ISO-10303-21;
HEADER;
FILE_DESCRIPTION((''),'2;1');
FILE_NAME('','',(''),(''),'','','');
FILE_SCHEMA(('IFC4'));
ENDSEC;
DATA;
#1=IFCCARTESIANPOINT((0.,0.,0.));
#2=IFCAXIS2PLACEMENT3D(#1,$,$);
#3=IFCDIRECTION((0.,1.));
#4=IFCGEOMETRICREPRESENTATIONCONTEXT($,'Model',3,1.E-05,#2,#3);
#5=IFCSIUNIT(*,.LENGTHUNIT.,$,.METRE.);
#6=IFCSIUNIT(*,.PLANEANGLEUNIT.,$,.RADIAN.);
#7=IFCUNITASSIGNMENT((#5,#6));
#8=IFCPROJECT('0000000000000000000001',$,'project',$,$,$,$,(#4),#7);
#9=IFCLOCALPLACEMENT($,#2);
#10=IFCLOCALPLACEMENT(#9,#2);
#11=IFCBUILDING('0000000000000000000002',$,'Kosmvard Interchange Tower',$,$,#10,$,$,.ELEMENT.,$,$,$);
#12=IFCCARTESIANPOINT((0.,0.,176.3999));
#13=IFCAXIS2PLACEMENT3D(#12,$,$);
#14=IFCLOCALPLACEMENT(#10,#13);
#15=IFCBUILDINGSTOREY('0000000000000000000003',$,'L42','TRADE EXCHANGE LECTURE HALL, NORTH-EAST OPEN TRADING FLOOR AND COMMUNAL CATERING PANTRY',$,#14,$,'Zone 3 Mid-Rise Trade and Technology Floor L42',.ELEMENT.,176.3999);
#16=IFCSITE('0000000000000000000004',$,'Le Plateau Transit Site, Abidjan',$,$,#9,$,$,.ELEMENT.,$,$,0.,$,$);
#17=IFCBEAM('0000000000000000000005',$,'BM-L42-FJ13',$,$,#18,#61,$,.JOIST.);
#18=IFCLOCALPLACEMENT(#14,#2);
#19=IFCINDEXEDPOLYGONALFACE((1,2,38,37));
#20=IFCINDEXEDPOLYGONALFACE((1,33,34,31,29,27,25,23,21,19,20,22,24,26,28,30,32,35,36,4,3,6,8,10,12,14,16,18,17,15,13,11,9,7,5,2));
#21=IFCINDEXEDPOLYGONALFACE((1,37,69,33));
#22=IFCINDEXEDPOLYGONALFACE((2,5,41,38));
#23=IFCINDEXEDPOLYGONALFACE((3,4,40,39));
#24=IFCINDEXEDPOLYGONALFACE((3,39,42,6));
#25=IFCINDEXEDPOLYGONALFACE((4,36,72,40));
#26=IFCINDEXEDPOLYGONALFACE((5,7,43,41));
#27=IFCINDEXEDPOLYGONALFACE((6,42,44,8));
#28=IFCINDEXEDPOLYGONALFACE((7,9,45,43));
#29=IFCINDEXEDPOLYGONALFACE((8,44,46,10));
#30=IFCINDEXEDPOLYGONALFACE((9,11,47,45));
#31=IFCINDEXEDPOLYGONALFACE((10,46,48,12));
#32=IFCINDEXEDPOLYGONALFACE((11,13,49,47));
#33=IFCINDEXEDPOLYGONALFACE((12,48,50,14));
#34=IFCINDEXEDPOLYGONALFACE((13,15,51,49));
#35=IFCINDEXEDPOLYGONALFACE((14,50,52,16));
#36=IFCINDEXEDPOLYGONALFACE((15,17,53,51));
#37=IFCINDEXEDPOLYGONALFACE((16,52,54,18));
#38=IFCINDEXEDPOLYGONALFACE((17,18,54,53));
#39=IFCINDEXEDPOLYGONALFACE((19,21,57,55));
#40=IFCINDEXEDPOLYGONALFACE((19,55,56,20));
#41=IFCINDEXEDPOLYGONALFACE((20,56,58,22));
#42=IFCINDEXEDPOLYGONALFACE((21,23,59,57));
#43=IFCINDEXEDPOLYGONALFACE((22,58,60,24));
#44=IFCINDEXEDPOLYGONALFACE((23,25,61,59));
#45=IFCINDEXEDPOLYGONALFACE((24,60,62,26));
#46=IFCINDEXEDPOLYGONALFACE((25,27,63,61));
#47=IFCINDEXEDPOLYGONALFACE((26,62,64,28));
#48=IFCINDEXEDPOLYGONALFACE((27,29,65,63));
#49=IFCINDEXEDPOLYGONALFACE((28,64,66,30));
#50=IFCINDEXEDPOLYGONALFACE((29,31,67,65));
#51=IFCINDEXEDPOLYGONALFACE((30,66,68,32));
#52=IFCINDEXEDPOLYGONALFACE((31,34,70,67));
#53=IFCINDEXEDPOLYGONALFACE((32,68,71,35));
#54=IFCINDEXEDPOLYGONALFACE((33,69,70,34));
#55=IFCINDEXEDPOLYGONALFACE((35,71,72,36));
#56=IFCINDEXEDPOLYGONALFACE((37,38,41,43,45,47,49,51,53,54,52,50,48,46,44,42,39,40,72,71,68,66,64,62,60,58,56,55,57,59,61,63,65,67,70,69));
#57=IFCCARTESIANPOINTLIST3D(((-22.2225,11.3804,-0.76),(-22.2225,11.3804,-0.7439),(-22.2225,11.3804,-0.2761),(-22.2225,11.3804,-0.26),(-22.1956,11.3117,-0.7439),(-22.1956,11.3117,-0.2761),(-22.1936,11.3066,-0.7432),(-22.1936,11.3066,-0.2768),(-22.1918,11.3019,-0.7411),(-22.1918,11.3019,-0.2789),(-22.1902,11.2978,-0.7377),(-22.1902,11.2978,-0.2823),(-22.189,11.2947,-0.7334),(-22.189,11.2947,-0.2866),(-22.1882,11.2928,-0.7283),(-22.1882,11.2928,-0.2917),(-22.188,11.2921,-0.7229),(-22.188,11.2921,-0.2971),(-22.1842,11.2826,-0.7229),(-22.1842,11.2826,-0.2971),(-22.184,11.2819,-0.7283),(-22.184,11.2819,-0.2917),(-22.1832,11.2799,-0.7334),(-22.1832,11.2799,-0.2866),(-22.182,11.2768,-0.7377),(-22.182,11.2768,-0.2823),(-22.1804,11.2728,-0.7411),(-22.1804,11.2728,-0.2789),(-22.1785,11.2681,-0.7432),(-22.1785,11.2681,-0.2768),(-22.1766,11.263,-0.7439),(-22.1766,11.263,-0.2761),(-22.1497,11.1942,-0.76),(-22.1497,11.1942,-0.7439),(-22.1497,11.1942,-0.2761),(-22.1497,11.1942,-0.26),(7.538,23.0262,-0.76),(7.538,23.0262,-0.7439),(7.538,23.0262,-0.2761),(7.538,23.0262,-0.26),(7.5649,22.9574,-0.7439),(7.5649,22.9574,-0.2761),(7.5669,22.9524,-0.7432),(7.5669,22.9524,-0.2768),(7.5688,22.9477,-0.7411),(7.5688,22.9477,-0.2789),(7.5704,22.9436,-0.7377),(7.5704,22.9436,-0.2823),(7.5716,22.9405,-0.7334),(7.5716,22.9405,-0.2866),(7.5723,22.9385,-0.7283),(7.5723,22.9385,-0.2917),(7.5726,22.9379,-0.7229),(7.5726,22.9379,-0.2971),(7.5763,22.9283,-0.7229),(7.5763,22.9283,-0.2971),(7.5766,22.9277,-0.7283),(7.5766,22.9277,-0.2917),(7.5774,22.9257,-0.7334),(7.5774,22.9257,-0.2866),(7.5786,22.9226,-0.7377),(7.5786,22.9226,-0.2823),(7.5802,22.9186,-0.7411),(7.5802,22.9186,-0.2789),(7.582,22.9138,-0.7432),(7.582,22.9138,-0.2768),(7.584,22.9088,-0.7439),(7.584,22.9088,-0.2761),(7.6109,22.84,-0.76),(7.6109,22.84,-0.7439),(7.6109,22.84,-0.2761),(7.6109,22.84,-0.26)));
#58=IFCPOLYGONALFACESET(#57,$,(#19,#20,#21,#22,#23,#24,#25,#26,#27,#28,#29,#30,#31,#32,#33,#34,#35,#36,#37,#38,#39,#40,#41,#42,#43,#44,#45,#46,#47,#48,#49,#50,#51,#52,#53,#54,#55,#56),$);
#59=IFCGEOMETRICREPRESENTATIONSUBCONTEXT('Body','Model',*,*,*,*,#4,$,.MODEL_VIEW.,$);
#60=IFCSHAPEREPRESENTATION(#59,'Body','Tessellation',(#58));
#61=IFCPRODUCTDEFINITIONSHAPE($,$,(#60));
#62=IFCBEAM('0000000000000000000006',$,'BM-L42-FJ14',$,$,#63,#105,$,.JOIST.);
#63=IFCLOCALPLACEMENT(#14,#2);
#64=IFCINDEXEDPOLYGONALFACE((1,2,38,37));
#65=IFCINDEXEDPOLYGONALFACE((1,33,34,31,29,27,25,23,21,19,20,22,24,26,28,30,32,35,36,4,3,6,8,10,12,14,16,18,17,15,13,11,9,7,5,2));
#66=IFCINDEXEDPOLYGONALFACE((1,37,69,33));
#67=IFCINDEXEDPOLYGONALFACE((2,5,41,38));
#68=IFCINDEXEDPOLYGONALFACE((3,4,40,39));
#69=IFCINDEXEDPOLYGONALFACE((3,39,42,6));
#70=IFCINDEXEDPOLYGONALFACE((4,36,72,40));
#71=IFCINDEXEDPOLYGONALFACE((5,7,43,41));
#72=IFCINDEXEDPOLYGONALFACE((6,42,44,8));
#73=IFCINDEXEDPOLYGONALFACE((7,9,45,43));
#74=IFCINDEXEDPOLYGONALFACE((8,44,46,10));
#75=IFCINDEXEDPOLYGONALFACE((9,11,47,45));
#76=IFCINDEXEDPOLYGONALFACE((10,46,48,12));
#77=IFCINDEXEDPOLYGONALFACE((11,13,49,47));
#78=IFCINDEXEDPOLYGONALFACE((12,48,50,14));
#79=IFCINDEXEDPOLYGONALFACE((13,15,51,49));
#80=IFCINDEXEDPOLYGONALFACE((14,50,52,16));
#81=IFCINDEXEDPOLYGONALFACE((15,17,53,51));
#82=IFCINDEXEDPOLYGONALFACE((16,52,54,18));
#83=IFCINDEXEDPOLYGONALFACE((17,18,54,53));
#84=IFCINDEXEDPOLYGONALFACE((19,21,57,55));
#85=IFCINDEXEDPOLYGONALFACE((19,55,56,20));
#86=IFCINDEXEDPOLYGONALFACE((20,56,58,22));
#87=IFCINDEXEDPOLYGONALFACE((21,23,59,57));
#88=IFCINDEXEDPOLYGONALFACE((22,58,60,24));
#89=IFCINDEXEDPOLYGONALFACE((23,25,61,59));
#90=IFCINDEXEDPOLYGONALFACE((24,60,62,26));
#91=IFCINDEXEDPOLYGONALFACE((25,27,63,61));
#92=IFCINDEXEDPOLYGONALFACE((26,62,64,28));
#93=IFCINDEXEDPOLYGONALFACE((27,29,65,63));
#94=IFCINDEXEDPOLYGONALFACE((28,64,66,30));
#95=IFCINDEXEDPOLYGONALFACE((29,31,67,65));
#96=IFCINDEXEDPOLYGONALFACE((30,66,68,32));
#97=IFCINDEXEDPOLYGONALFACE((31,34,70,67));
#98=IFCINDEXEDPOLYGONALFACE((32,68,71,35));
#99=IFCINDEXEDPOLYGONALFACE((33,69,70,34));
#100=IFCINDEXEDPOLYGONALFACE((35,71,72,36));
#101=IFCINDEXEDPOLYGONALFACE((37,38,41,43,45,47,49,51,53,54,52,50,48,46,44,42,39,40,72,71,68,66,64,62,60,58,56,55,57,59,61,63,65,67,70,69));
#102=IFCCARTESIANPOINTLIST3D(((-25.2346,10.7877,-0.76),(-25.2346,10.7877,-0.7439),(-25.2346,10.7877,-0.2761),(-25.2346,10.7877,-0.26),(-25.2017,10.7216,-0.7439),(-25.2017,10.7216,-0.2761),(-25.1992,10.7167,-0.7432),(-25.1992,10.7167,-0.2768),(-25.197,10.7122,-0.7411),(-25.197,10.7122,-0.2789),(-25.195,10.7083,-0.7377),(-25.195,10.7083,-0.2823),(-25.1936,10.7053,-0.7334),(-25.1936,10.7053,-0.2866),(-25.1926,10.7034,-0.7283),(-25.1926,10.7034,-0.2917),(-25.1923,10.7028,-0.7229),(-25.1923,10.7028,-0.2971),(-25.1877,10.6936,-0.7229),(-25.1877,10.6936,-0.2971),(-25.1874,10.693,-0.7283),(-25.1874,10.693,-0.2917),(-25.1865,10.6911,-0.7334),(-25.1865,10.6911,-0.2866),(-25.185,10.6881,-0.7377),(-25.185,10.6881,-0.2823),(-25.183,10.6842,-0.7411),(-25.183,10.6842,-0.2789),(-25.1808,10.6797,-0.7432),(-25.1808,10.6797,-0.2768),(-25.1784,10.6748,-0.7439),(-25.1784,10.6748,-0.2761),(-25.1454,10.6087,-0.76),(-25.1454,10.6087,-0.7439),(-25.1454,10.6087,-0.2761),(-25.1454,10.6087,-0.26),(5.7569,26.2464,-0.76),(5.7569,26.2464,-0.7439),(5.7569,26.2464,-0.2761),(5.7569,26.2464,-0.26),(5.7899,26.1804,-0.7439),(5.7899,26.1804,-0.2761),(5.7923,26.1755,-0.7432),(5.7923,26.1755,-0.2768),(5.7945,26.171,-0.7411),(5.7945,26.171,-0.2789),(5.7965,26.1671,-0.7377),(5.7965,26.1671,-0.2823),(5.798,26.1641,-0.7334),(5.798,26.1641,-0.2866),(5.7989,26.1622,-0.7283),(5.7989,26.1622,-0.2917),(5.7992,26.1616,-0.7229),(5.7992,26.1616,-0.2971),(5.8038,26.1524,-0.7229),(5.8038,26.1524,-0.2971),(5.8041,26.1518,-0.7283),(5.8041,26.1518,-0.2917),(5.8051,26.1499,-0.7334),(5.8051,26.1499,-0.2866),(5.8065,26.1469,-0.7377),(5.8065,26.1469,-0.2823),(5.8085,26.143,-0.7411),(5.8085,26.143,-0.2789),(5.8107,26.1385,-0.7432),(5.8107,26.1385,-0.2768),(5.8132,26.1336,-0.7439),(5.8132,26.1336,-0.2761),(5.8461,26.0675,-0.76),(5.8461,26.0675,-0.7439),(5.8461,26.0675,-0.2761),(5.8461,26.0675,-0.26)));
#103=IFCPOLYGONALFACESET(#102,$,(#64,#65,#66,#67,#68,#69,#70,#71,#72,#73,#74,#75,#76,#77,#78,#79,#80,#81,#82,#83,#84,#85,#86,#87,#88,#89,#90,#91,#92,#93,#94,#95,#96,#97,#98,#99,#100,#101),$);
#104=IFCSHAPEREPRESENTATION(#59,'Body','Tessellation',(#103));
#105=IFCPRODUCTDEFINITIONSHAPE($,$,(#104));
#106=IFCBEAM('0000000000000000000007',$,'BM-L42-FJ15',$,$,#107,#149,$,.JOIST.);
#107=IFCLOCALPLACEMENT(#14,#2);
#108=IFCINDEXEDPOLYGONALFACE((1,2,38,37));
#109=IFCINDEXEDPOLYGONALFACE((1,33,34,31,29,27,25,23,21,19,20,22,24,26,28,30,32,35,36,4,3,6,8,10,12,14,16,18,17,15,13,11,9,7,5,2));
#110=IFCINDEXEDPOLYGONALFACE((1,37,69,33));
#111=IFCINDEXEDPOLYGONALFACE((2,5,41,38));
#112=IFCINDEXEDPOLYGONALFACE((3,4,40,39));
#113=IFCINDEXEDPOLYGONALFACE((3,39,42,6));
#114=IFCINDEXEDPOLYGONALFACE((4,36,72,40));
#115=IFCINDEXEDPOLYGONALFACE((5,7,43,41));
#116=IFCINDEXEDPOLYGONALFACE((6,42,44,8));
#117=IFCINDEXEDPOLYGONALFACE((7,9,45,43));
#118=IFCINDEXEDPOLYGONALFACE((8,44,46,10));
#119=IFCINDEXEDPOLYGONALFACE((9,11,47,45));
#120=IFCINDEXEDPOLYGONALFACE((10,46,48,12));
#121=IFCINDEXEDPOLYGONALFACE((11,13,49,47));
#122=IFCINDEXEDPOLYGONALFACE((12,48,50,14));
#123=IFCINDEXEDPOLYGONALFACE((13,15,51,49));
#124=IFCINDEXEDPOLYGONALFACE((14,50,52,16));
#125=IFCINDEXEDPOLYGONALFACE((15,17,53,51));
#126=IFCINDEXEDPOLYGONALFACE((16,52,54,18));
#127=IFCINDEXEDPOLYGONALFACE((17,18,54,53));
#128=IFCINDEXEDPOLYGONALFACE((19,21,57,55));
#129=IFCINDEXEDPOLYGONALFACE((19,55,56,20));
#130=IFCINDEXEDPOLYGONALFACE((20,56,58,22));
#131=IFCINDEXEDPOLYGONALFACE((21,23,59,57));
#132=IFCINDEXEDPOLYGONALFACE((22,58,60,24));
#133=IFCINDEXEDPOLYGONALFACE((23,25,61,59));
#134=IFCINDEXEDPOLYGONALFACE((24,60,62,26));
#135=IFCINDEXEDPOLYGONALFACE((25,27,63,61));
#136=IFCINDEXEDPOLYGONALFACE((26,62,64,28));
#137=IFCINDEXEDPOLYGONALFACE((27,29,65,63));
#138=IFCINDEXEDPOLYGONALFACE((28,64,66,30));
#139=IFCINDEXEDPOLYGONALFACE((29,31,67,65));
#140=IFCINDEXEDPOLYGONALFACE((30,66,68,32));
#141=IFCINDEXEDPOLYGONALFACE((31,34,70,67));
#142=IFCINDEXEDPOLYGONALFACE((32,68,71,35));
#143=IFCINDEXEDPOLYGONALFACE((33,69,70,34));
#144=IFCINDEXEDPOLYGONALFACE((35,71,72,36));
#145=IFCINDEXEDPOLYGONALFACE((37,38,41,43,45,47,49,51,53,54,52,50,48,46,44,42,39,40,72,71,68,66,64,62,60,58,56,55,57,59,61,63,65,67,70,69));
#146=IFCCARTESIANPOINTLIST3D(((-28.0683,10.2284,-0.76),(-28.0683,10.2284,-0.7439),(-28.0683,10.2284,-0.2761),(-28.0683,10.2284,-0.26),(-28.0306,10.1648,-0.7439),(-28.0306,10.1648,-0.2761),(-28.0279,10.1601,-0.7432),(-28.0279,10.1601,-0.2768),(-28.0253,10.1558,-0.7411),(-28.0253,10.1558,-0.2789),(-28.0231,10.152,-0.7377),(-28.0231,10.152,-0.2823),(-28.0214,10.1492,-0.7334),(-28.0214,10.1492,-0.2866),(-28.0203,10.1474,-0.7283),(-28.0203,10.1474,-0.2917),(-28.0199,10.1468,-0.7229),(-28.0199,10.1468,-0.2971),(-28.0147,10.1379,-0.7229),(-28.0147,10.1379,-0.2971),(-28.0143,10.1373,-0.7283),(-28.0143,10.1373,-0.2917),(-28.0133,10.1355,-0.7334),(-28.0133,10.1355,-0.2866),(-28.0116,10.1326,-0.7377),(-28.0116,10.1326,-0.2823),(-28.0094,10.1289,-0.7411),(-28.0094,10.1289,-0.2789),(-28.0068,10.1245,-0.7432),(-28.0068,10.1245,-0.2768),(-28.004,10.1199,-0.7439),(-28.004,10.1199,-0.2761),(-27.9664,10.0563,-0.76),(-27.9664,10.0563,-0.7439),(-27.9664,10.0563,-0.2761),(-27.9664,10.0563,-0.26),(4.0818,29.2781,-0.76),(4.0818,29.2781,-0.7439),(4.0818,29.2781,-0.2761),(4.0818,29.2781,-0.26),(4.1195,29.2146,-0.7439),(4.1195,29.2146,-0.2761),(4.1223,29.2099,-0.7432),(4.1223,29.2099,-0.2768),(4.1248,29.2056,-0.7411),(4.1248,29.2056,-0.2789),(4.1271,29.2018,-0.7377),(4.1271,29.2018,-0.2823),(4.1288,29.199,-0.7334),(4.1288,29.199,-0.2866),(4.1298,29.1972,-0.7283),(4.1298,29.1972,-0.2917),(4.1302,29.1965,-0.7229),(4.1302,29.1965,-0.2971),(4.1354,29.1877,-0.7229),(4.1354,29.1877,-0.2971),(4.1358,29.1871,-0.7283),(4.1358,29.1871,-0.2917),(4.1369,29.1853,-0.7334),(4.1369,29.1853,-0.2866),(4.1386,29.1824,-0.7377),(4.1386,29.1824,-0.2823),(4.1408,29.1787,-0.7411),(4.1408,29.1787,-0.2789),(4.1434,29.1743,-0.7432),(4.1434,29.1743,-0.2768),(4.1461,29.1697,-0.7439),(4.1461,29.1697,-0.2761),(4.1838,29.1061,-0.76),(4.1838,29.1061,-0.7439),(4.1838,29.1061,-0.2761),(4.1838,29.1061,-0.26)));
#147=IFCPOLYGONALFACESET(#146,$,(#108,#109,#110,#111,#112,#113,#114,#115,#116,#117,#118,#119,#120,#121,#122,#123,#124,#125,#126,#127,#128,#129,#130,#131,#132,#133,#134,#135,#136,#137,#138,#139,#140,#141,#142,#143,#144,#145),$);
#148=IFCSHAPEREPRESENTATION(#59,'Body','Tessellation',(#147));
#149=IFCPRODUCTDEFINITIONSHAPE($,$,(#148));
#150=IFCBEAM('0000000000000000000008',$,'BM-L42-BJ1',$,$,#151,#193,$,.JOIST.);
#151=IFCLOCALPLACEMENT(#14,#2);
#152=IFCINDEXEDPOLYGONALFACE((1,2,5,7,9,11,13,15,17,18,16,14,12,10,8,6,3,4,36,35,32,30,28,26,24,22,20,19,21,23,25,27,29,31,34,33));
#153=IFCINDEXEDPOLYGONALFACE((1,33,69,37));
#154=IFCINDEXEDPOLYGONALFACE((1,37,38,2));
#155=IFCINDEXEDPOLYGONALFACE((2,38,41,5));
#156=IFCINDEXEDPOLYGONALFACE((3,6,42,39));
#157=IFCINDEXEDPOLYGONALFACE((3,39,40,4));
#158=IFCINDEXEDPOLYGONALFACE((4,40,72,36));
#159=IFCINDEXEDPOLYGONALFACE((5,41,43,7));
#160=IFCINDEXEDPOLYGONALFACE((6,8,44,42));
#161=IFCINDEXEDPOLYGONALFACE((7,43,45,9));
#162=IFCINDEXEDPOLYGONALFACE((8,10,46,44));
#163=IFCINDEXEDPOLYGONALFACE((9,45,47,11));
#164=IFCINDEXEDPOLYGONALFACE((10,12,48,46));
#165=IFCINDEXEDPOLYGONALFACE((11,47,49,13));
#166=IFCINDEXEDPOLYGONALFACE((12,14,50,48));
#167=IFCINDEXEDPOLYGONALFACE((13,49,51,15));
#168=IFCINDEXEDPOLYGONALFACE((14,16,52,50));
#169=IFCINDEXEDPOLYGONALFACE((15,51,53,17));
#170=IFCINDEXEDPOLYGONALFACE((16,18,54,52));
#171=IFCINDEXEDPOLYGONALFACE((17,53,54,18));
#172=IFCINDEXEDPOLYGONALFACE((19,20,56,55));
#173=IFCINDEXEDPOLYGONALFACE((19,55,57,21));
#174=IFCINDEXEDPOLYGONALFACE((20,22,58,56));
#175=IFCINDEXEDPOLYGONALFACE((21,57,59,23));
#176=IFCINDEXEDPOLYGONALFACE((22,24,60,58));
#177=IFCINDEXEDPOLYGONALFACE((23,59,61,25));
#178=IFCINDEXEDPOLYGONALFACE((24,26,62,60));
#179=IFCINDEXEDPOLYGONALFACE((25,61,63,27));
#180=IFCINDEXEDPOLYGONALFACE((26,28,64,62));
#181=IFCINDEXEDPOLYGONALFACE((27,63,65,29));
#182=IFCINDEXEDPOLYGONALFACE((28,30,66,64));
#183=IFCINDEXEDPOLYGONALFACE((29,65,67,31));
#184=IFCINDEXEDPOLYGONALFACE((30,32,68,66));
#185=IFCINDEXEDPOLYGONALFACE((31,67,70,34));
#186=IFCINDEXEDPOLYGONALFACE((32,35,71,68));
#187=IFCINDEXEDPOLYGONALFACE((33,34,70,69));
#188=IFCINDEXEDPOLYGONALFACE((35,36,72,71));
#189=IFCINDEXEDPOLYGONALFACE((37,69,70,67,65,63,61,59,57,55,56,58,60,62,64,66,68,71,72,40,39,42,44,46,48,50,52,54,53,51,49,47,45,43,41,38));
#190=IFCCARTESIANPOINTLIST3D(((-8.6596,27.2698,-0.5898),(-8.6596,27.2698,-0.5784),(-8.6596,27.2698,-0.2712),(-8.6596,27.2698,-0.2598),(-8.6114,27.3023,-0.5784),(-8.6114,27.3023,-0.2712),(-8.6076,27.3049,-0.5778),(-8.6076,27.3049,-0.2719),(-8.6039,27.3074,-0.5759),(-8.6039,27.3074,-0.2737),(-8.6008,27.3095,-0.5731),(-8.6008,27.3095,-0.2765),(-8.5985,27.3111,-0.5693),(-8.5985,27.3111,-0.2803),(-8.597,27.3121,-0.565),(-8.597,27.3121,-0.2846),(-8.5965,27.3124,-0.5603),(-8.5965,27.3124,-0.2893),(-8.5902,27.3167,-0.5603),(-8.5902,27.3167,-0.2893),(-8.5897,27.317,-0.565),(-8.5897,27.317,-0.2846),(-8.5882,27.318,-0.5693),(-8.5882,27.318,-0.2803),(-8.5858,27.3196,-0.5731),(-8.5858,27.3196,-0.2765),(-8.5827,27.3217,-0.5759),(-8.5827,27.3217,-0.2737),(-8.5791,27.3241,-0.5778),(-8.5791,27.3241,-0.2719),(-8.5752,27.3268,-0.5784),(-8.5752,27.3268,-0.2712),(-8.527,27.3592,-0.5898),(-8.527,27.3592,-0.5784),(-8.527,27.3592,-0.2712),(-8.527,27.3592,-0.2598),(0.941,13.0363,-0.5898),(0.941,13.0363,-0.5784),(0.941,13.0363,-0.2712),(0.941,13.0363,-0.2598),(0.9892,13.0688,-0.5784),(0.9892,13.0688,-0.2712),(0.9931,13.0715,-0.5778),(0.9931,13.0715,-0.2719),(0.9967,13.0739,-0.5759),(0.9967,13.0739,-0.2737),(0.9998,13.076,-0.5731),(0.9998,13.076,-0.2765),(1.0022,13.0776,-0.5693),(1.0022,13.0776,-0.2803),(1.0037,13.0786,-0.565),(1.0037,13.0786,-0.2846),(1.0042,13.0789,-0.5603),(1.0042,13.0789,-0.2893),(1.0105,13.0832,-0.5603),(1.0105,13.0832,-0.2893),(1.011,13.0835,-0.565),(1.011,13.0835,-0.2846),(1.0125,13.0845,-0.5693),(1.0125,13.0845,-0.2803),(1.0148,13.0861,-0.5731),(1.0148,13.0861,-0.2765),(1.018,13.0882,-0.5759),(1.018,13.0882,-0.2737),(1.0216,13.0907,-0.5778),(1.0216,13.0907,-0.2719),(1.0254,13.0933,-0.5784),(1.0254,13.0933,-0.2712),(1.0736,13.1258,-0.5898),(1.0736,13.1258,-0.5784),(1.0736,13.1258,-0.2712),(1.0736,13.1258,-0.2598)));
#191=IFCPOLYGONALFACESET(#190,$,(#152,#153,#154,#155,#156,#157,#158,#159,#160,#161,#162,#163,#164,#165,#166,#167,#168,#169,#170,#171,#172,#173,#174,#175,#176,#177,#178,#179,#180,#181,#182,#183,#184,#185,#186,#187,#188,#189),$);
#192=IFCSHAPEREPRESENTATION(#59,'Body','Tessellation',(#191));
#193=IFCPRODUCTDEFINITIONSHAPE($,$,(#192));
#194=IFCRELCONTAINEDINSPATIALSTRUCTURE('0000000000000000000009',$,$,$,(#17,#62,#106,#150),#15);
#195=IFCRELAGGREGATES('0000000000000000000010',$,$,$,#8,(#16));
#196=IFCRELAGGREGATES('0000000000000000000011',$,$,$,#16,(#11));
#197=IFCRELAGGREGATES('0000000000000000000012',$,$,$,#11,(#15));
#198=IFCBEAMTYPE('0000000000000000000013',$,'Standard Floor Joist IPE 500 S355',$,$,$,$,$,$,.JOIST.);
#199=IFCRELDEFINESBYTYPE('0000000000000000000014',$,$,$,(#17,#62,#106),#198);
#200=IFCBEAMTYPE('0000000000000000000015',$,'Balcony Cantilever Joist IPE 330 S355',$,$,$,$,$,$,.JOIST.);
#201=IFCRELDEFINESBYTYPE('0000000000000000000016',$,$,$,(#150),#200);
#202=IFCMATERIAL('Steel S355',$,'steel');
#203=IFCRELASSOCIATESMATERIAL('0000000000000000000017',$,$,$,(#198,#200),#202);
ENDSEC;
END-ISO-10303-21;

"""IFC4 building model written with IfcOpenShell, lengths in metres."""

from ifc_helpers import new_model, si_unit, direction, frame, origin, origin_2d, place, context, subcontext, project, spatial, i_section, extrude, source, transform, mapped, material, material_profile, profile_set, type_object, element, save


model = new_model("IFC4")

# Units and contexts
model_context = context("Model", 3, precision=1e-05, world=origin(), true_north=direction((0.0, 1.0)))
body_context = subcontext(model_context, "Body", "Model", "MODEL_VIEW")
ifc_project = project(units=[si_unit("LENGTHUNIT", "METRE"), si_unit("PLANEANGLEUNIT", "RADIAN")], contexts=[model_context])

# Site, building, storey
site_placement = place(None, origin())
site = spatial("IfcSite", under=ifc_project, at=site_placement, Name="Le Plateau Transit Site, Abidjan", CompositionType="ELEMENT", RefElevation=0.0)
building_placement = place(site_placement, origin())
building = spatial("IfcBuilding", under=site, at=building_placement, Name="Kosmvard Interchange Tower", CompositionType="ELEMENT")
storey_placement = place(building_placement, frame((0.0, 0.0, 176.3999)))
storey = spatial("IfcBuildingStorey", under=building, at=storey_placement, Name="L42", Description="TRADE EXCHANGE LECTURE HALL, NORTH-EAST OPEN TRADING FLOOR AND COMMUNAL CATERING PANTRY", LongName="Zone 3 Mid-Rise Trade and Technology Floor L42", CompositionType="ELEMENT", Elevation=176.3999)

# Beams
ifc_material_1 = material(Name="Steel S355", Category="steel")
ifc_material_profile_1 = material_profile(ifc_material_1, i_section(OverallWidth=0.2, OverallDepth=0.5, WebThickness=0.0103, FlangeThickness=0.0161, FilletRadius=0.021, at=origin_2d()), Name="IPE 500")
ifc_profile_set_1 = profile_set([ifc_material_profile_1], Name="Steel S355")
beam_type_1 = type_object("IfcBeamType", Name="Standard Floor Joist IPE 500 S355", PredefinedType="JOIST", material=ifc_profile_set_1)
shared_shape_1 = source(origin(), body_context, "Body", "SweptSolid", [
    extrude(i_section(OverallWidth=0.2, OverallDepth=0.5, WebThickness=0.0103, FlangeThickness=0.0161, FilletRadius=0.021, at=origin_2d()), origin(), (0.0, 0.0, 1.0), 31.958),
])
beam_1_placement = place(storey_placement, frame((7.5745, 22.9331, -0.51), z_axis=(-0.931239, -0.364409, 0.0), x_axis=(0.364409, -0.931239, 0.0)))
element("IfcBeam", 1, at=beam_1_placement, inside=storey, type_object=beam_type_1, Name="BM-L42-FJ13", PredefinedType="JOIST", context=body_context, shape_type="MappedRepresentation", body=[
    mapped(shared_shape_1, transform((0.0, 0.0, 0.0), scale=1.0)),
])
shared_shape_2 = source(origin(), body_context, "Body", "SweptSolid", [
    extrude(i_section(OverallWidth=0.2, OverallDepth=0.5, WebThickness=0.0103, FlangeThickness=0.0161, FilletRadius=0.021, at=origin_2d()), origin(), (0.0, 0.0, 1.0), 34.6331),
])
beam_2_placement = place(storey_placement, frame((5.8015, 26.157, -0.51), z_axis=(-0.894854, -0.446359, 0.0), x_axis=(0.446359, -0.894854, 0.0)))
element("IfcBeam", 2, at=beam_2_placement, inside=storey, type_object=beam_type_1, Name="BM-L42-FJ14", PredefinedType="JOIST", context=body_context, shape_type="MappedRepresentation", body=[
    mapped(shared_shape_2, transform((0.0, 0.0, 0.0), scale=1.0)),
])
shared_shape_3 = source(origin(), body_context, "Body", "SweptSolid", [
    extrude(i_section(OverallWidth=0.2, OverallDepth=0.5, WebThickness=0.0103, FlangeThickness=0.0161, FilletRadius=0.021, at=origin_2d()), origin(), (0.0, 0.0, 1.0), 37.3701),
])
beam_3_placement = place(storey_placement, frame((4.1328, 29.1921, -0.51), z_axis=(-0.860317, -0.50976, 0.0), x_axis=(0.50976, -0.860317, 0.0)))
element("IfcBeam", 3, at=beam_3_placement, inside=storey, type_object=beam_type_1, Name="BM-L42-FJ15", PredefinedType="JOIST", context=body_context, shape_type="MappedRepresentation", body=[
    mapped(shared_shape_3, transform((0.0, 0.0, 0.0), scale=1.0)),
])
ifc_material_profile_2 = material_profile(ifc_material_1, i_section(OverallWidth=0.1599, OverallDepth=0.3301, WebThickness=0.0076, FlangeThickness=0.0115, FilletRadius=0.0181, at=origin_2d()), Name="IPE 330")
ifc_profile_set_2 = profile_set([ifc_material_profile_2], Name="Steel S355")
beam_type_2 = type_object("IfcBeamType", Name="Balcony Cantilever Joist IPE 330 S355", PredefinedType="JOIST", material=ifc_profile_set_2)
shared_shape_4 = source(origin(), body_context, "Body", "SweptSolid", [
    extrude(i_section(OverallWidth=0.1599, OverallDepth=0.3301, WebThickness=0.0076, FlangeThickness=0.0115, FilletRadius=0.0181, at=origin_2d()), origin(), (0.0, 0.0, 1.0), 17.1687),
])
beam_4_placement = place(storey_placement, frame((1.0073, 13.0811, -0.4248), z_axis=(-0.559194, 0.829037, 0.0), x_axis=(-0.829037, -0.559194, 0.0)))
element("IfcBeam", 4, at=beam_4_placement, inside=storey, type_object=beam_type_2, Name="BM-L42-BJ1", PredefinedType="JOIST", context=body_context, shape_type="MappedRepresentation", body=[
    mapped(shared_shape_4, transform((0.0, 0.0, 0.0), scale=1.0)),
])

save(model, "model.ifc")
